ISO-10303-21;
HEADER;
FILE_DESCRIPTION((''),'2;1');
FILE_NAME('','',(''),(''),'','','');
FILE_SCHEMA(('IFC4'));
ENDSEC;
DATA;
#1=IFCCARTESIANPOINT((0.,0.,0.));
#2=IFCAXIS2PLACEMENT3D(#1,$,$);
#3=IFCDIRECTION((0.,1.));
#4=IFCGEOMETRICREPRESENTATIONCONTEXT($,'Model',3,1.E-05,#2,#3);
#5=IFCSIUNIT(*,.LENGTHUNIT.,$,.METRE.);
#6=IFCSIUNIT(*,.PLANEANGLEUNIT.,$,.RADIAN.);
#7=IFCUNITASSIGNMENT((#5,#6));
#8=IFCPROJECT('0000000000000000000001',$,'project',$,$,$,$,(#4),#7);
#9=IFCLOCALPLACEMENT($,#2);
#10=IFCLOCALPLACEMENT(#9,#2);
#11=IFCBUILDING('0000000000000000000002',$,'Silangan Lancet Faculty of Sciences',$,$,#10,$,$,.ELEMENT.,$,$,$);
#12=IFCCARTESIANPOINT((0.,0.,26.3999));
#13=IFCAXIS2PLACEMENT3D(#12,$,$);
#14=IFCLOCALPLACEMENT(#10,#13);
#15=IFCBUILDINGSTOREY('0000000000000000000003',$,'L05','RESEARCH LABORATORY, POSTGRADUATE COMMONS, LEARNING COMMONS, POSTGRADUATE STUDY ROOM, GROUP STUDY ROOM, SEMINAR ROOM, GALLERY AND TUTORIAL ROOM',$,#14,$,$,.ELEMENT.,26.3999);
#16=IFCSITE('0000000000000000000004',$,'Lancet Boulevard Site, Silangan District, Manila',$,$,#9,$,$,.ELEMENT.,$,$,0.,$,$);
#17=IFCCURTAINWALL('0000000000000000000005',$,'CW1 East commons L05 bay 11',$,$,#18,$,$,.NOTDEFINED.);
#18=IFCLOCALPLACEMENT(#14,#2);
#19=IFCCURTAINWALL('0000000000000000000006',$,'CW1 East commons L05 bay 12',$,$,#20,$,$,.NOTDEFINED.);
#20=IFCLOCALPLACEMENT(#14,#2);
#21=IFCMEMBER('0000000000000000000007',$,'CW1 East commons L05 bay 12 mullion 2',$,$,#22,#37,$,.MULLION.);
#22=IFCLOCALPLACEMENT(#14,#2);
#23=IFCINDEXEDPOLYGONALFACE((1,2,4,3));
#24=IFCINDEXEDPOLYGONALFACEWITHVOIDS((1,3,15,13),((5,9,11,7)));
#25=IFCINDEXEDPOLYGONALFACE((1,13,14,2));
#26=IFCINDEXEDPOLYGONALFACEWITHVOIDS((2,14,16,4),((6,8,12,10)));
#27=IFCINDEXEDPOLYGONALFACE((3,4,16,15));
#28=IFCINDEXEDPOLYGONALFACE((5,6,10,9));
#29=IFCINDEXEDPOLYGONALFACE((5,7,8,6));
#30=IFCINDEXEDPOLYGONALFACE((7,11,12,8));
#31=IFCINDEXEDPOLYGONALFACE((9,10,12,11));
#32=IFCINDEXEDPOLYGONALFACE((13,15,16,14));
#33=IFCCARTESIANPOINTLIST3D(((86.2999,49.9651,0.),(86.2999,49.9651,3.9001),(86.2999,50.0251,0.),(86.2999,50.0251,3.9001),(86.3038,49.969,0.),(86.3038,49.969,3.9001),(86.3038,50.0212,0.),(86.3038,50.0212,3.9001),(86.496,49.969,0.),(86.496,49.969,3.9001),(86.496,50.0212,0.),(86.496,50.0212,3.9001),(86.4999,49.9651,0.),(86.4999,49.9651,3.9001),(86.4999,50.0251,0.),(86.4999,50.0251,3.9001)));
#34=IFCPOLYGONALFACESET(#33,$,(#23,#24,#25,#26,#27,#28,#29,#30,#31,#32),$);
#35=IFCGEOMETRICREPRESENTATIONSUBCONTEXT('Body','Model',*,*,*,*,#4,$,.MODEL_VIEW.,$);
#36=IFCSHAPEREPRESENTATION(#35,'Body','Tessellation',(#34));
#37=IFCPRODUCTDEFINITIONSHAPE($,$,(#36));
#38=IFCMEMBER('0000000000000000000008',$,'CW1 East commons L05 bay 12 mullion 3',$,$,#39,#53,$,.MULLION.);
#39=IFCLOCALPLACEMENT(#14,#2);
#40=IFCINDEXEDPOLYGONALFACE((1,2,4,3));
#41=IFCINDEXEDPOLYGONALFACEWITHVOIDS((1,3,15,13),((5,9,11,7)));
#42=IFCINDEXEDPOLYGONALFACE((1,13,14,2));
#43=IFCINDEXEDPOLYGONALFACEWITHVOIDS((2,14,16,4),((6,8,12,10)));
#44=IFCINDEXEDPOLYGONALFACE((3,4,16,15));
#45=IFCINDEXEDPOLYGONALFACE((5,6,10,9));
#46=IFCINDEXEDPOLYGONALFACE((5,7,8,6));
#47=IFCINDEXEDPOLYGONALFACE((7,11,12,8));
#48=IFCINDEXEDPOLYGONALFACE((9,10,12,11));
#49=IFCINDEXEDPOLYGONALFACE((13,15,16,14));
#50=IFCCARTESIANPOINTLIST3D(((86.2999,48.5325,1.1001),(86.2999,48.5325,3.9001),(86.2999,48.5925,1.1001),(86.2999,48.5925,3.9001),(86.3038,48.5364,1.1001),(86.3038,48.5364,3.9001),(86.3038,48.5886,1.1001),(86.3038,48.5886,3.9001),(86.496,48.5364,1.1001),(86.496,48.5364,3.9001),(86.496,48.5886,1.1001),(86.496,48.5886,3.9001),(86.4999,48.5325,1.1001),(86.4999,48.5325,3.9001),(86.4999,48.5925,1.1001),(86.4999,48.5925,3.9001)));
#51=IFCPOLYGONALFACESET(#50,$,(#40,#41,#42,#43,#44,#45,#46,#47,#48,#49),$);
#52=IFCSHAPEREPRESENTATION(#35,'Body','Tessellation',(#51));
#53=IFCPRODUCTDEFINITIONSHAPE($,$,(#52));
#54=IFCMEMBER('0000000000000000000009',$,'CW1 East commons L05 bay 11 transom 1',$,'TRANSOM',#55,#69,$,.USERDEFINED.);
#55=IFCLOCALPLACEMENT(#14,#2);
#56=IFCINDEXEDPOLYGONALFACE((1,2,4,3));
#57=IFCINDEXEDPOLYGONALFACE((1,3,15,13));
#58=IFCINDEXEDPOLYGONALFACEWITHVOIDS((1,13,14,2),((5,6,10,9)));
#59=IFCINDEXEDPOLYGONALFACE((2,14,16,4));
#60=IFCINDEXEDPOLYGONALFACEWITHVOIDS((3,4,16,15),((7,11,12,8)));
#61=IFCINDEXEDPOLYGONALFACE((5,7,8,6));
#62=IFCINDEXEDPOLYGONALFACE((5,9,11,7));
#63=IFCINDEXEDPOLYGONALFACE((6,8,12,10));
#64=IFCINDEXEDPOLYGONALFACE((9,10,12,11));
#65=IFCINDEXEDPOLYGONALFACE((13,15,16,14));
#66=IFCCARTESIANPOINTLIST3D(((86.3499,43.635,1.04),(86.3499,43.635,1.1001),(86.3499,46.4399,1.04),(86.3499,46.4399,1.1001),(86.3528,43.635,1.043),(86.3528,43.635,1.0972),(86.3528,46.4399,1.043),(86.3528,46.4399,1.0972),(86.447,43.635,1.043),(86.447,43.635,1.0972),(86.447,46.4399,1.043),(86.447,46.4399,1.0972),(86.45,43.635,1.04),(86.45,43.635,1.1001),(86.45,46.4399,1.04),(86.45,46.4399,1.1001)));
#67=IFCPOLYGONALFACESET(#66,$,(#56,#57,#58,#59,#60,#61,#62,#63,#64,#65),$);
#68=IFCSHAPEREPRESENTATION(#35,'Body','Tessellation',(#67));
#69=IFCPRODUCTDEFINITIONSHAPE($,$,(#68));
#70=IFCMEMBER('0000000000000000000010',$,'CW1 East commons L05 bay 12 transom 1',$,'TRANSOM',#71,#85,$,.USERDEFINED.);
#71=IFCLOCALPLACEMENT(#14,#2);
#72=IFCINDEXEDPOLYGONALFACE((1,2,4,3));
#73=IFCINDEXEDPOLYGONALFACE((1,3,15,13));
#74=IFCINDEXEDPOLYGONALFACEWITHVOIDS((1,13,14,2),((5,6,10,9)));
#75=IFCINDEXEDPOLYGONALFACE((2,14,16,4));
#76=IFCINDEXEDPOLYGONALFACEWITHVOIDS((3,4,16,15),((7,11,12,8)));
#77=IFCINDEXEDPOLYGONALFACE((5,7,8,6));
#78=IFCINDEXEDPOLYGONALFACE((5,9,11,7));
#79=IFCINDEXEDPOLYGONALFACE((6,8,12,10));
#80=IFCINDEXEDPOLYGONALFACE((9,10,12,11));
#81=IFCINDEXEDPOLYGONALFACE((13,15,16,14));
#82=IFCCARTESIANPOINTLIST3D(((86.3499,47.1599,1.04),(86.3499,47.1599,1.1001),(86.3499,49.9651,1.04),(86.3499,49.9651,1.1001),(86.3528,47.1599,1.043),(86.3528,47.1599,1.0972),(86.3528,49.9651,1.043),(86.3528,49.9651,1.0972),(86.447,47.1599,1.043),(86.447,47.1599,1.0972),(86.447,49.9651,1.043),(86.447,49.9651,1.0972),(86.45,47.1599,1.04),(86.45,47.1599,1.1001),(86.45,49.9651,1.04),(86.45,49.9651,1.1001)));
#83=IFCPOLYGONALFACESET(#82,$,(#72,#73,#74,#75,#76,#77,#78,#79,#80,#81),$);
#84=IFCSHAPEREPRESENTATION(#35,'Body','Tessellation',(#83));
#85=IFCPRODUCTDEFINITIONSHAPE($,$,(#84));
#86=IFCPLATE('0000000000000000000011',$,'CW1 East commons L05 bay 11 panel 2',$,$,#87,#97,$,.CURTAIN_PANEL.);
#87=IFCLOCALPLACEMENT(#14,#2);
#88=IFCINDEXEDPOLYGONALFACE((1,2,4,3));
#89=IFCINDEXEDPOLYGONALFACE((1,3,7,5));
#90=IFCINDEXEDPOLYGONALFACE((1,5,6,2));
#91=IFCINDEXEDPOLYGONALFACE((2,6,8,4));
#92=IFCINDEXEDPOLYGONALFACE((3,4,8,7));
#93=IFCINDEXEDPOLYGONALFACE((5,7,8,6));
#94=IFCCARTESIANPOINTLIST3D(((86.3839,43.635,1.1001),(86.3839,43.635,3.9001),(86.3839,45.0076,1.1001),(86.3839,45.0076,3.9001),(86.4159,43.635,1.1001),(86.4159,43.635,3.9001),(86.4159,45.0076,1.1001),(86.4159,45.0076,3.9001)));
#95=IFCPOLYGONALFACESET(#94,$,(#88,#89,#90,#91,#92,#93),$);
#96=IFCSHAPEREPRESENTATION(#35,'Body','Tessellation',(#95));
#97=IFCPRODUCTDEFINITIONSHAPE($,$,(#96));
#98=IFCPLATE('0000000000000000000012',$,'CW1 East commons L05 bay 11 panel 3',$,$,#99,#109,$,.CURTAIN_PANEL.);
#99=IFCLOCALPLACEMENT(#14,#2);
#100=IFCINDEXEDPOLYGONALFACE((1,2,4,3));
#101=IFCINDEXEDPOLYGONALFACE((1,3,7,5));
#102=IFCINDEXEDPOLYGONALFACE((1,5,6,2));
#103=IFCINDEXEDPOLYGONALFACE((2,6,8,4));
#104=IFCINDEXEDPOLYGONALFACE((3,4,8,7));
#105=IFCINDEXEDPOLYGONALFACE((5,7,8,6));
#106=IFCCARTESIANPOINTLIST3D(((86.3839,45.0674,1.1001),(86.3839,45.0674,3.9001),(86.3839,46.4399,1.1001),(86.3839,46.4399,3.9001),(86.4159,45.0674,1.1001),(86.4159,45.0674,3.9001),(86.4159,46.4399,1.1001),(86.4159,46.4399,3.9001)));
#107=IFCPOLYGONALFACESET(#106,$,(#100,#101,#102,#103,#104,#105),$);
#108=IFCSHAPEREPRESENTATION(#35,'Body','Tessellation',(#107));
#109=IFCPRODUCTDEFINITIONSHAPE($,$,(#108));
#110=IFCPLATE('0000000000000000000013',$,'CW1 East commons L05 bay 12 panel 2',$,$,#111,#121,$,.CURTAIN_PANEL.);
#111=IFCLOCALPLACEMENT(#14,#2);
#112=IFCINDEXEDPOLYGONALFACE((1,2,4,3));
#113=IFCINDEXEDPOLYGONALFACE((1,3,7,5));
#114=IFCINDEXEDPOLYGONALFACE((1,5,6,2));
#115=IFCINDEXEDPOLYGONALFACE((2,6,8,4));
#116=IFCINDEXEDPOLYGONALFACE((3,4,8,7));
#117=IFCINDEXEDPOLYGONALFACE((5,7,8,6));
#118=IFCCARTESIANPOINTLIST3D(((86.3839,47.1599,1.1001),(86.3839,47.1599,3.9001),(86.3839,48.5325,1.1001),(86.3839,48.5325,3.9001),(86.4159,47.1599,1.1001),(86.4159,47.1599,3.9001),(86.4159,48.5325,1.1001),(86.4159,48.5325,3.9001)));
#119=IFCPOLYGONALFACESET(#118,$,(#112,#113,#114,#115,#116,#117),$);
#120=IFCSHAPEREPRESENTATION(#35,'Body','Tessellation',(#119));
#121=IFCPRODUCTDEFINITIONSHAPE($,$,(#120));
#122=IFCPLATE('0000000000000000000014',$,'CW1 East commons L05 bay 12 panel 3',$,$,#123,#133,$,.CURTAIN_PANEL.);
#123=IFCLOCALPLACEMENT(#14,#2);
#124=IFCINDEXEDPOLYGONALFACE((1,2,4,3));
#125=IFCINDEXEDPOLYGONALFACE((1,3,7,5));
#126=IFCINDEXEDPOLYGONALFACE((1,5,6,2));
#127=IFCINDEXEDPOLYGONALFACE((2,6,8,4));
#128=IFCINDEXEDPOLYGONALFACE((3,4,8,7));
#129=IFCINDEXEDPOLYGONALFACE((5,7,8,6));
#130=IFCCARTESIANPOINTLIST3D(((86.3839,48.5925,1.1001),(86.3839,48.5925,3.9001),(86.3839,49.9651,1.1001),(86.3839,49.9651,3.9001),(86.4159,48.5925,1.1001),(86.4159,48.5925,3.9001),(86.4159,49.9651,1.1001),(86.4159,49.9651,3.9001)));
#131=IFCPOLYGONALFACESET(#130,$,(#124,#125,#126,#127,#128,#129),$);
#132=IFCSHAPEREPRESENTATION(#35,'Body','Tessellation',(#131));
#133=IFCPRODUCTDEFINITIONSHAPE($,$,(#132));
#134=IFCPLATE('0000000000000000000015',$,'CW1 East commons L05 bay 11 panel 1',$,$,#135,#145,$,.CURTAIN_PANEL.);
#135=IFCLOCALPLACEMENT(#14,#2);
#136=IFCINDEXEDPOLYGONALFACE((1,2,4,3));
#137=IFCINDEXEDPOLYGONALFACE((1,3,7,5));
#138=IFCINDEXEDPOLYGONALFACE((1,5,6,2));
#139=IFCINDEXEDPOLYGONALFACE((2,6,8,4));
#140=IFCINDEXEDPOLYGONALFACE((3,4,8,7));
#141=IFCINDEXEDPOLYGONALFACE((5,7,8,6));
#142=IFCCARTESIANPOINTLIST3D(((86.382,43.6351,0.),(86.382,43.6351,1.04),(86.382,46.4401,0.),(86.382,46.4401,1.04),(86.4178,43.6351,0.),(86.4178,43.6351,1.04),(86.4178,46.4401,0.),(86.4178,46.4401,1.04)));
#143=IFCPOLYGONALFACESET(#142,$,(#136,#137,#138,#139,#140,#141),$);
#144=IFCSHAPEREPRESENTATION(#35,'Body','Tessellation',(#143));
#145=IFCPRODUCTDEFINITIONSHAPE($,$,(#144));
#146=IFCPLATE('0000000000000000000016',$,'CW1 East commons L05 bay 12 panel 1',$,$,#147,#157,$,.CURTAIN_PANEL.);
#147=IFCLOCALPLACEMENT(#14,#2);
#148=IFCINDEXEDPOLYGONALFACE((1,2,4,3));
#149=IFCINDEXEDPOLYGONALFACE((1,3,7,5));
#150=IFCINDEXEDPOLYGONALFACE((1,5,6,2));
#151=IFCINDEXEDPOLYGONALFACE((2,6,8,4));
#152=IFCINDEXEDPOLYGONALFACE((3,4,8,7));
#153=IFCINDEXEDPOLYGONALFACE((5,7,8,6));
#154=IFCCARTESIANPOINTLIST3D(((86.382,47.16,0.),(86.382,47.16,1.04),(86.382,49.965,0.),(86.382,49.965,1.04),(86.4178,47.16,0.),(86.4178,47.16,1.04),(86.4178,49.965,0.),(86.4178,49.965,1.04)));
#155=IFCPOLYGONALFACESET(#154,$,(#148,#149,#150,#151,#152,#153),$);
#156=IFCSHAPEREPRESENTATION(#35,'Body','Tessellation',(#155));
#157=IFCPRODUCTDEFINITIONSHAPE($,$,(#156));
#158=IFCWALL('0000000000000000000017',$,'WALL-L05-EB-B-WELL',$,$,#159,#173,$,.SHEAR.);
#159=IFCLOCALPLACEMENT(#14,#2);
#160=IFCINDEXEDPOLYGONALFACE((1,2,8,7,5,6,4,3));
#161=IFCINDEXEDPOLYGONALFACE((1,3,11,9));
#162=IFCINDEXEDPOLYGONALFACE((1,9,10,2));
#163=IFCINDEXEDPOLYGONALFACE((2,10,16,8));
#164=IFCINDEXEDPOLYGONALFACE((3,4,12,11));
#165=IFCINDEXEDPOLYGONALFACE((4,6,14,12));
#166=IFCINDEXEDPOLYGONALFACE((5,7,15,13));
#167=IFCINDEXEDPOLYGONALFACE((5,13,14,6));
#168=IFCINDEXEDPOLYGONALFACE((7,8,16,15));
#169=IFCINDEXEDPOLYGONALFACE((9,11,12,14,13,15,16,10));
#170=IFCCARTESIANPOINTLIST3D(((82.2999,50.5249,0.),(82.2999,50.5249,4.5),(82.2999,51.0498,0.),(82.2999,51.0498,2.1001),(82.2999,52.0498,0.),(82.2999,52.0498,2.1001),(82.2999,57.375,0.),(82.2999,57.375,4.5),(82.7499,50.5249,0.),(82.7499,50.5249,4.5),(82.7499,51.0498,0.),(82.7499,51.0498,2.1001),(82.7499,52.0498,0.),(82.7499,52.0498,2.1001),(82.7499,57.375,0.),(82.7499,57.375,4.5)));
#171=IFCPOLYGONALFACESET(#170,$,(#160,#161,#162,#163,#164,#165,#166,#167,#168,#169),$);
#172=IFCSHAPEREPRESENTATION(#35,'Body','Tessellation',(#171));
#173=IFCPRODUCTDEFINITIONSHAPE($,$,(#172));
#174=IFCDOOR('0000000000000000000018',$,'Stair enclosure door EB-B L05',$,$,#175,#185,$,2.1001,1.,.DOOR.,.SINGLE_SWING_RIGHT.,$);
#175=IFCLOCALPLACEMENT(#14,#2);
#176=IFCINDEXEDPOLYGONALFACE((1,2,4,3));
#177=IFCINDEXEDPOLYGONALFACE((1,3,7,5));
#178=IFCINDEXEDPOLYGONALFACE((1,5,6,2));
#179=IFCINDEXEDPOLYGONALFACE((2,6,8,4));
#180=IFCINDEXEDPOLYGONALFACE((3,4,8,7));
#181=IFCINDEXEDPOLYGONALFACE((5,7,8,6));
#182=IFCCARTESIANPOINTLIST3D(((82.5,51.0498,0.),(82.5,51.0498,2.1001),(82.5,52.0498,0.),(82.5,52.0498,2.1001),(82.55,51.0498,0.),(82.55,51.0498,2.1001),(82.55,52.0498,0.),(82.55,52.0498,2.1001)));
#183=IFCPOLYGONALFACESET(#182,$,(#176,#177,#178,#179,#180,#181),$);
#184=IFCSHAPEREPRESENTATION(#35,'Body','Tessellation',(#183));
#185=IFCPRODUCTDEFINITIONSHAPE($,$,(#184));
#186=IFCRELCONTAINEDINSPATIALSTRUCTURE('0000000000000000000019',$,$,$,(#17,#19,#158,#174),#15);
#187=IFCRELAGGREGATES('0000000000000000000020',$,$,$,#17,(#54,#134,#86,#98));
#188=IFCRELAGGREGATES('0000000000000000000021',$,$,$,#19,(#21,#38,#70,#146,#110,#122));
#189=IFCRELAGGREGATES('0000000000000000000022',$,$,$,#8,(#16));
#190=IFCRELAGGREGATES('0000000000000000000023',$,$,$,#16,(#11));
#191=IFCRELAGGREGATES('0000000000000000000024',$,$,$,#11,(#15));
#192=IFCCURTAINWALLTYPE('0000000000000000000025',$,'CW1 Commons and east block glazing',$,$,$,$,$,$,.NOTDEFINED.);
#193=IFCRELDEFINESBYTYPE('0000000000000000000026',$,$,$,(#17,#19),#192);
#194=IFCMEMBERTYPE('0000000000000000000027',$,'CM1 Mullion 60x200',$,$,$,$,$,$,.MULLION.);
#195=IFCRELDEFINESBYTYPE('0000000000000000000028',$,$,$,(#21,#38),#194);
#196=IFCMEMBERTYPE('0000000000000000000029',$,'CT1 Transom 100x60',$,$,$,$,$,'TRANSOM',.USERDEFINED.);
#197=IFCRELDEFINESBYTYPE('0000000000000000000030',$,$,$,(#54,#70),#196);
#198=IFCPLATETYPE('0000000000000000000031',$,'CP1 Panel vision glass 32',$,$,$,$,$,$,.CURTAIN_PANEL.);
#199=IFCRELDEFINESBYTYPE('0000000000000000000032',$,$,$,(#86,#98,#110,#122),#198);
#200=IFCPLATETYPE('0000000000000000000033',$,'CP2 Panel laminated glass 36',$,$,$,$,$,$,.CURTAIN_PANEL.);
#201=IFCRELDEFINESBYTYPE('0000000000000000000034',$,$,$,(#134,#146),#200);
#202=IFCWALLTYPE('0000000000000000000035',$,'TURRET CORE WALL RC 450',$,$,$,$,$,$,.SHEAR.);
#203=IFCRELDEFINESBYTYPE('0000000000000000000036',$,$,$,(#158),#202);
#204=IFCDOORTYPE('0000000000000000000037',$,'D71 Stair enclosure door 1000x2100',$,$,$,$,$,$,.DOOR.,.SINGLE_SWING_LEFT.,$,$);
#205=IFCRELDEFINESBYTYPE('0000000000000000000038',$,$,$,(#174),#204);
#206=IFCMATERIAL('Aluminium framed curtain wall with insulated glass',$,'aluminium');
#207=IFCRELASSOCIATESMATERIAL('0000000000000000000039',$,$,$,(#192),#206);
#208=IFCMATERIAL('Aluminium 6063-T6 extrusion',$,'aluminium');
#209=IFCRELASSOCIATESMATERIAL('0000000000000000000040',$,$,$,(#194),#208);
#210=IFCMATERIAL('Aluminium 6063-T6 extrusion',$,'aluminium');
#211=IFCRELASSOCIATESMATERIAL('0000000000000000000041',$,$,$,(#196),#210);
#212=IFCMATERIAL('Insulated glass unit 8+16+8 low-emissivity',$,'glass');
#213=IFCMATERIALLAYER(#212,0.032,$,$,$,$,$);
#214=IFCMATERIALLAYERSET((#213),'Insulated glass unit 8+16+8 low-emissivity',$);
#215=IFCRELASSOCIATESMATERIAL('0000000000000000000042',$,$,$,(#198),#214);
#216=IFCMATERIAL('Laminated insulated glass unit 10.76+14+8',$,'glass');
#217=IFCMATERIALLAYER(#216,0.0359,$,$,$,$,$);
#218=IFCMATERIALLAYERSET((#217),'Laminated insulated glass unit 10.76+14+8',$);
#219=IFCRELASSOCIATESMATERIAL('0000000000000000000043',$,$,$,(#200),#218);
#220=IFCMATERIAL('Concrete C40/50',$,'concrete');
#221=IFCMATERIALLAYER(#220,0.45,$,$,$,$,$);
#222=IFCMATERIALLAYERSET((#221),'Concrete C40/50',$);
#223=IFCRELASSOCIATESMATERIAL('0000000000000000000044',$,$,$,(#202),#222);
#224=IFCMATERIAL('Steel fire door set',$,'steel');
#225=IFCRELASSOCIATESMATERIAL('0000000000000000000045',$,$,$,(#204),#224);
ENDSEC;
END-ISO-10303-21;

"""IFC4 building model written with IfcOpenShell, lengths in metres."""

from ifc_helpers import new_model, si_unit, direction, frame, frame_2d, origin, origin_2d, place, context, subcontext, project, spatial, rectangle, hollow_rectangle, extrude, material, layer, layer_set, material_profile, profile_set, type_object, element, fill, aggregate, save


model = new_model("IFC4")

# Units and contexts
model_context = context("Model", 3, precision=1e-05, world=origin(), true_north=direction((0.0, 1.0)))
body_context = subcontext(model_context, "Body", "Model", "MODEL_VIEW")
ifc_project = project(units=[si_unit("LENGTHUNIT", "METRE"), si_unit("PLANEANGLEUNIT", "RADIAN")], contexts=[model_context])

# Site, building, storey
site_placement = place(None, origin())
site = spatial("IfcSite", under=ifc_project, at=site_placement, Name="Lancet Boulevard Site, Silangan District, Manila", CompositionType="ELEMENT", RefElevation=0.0)
building_placement = place(site_placement, origin())
building = spatial("IfcBuilding", under=site, at=building_placement, Name="Silangan Lancet Faculty of Sciences", CompositionType="ELEMENT")
storey_placement = place(building_placement, frame((0.0, 0.0, 26.3999)))
storey = spatial("IfcBuildingStorey", under=building, at=storey_placement, Name="L05", Description="RESEARCH LABORATORY, POSTGRADUATE COMMONS, LEARNING COMMONS, POSTGRADUATE STUDY ROOM, GROUP STUDY ROOM, SEMINAR ROOM, GALLERY AND TUTORIAL ROOM", CompositionType="ELEMENT", Elevation=26.3999)

# Curtain walls, members
ifc_material_1 = material(Name="Aluminium framed curtain wall with insulated glass", Category="aluminium")
curtain_wall_type = type_object("IfcCurtainWallType", Name="CW1 Commons and east block glazing", PredefinedType="NOTDEFINED", material=ifc_material_1)
curtain_wall_1_placement = place(storey_placement, origin())
curtain_wall_1 = element("IfcCurtainWall", 1, at=curtain_wall_1_placement, inside=storey, type_object=curtain_wall_type, Name="CW1 East commons L05 bay 11", PredefinedType="NOTDEFINED")
ifc_material_2 = material(Name="Aluminium 6063-T6 extrusion", Category="aluminium")
ifc_material_profile_1 = material_profile(ifc_material_2, hollow_rectangle(XDim=0.0601, YDim=0.2, WallThickness=0.0039, at=origin_2d()), Name="AL BOX 60x200x4")
ifc_profile_set_1 = profile_set([ifc_material_profile_1], Name="Aluminium 6063-T6 extrusion")
member_type_1 = type_object("IfcMemberType", Name="CM1 Mullion 60x200", PredefinedType="MULLION", material=ifc_profile_set_1)
curtain_wall_2_placement = place(storey_placement, origin())
curtain_wall_2 = element("IfcCurtainWall", 2, at=curtain_wall_2_placement, inside=storey, type_object=curtain_wall_type, Name="CW1 East commons L05 bay 12", PredefinedType="NOTDEFINED")
member_1_placement = place(storey_placement, frame((86.3999, 49.9951, 0.0), z_axis=(0.0, 0.0, 1.0), x_axis=(0.0, 1.0, 0.0)))
member_1 = element("IfcMember", 3, at=member_1_placement, type_object=member_type_1, Name="CW1 East commons L05 bay 12 mullion 2", PredefinedType="MULLION", context=body_context, shape_type="SweptSolid", body=[
    extrude(hollow_rectangle(XDim=0.0601, YDim=0.2, WallThickness=0.0039, at=origin_2d()), origin(), (0.0, 0.0, 1.0), 3.9001),
])
member_2_placement = place(storey_placement, frame((86.3999, 48.5625, 1.1001), z_axis=(0.0, 0.0, 1.0), x_axis=(0.0, 1.0, 0.0)))
member_2 = element("IfcMember", 4, at=member_2_placement, type_object=member_type_1, Name="CW1 East commons L05 bay 12 mullion 3", PredefinedType="MULLION", context=body_context, shape_type="SweptSolid", body=[
    extrude(hollow_rectangle(XDim=0.0601, YDim=0.2, WallThickness=0.0039, at=origin_2d()), origin(), (0.0, 0.0, 1.0), 2.8),
])

# Members
ifc_material_3 = material(Name="Aluminium 6063-T6 extrusion", Category="aluminium")
ifc_material_profile_2 = material_profile(ifc_material_3, hollow_rectangle(XDim=0.1001, YDim=0.0601, WallThickness=0.0029, at=origin_2d()), Name="AL BOX 100x60x3")
ifc_profile_set_2 = profile_set([ifc_material_profile_2], Name="Aluminium 6063-T6 extrusion")
member_type_2 = type_object("IfcMemberType", Name="CT1 Transom 100x60", ElementType="TRANSOM", PredefinedType="USERDEFINED", material=ifc_profile_set_2)
member_3_placement = place(storey_placement, frame((86.3999, 43.635, 1.0701), z_axis=(0.0, 1.0, 0.0), x_axis=(-1.0, 0.0, 0.0)))
member_3 = element("IfcMember", 5, at=member_3_placement, type_object=member_type_2, Name="CW1 East commons L05 bay 11 transom 1", ObjectType="TRANSOM", PredefinedType="USERDEFINED", context=body_context, shape_type="SweptSolid", body=[
    extrude(hollow_rectangle(XDim=0.1001, YDim=0.0601, WallThickness=0.0029, at=origin_2d()), origin(), (0.0, 0.0, 1.0), 2.8049),
])
member_4_placement = place(storey_placement, frame((86.3999, 47.1599, 1.0701), z_axis=(0.0, 1.0, 0.0), x_axis=(-1.0, 0.0, 0.0)))
member_4 = element("IfcMember", 6, at=member_4_placement, type_object=member_type_2, Name="CW1 East commons L05 bay 12 transom 1", ObjectType="TRANSOM", PredefinedType="USERDEFINED", context=body_context, shape_type="SweptSolid", body=[
    extrude(hollow_rectangle(XDim=0.1001, YDim=0.0601, WallThickness=0.0029, at=origin_2d()), origin(), (0.0, 0.0, 1.0), 2.8052),
])

# Plates
ifc_material_4 = material(Name="Insulated glass unit 8+16+8 low-emissivity", Category="glass")
ifc_layer_1 = layer(ifc_material_4, 0.032)
ifc_layer_set_1 = layer_set([ifc_layer_1], Name="Insulated glass unit 8+16+8 low-emissivity")
plate_type_1 = type_object("IfcPlateType", Name="CP1 Panel vision glass 32", PredefinedType="CURTAIN_PANEL", material=ifc_layer_set_1)
plate_1_placement = place(storey_placement, frame((86.3999, 44.3213, 1.1001), z_axis=(0.0, 0.0, 1.0), x_axis=(0.0, 1.0, 0.0)))
plate_1 = element("IfcPlate", 7, at=plate_1_placement, type_object=plate_type_1, Name="CW1 East commons L05 bay 11 panel 2", PredefinedType="CURTAIN_PANEL", context=body_context, shape_type="SweptSolid", body=[
    extrude(rectangle(XDim=1.3726, YDim=0.032, at=origin_2d()), origin(), (0.0, 0.0, 1.0), 2.8),
])
plate_2_placement = place(storey_placement, frame((86.3999, 45.7537, 1.1001), z_axis=(0.0, 0.0, 1.0), x_axis=(0.0, 1.0, 0.0)))
plate_2 = element("IfcPlate", 8, at=plate_2_placement, type_object=plate_type_1, Name="CW1 East commons L05 bay 11 panel 3", PredefinedType="CURTAIN_PANEL", context=body_context, shape_type="SweptSolid", body=[
    extrude(rectangle(XDim=1.3726, YDim=0.032, at=origin_2d()), origin(), (0.0, 0.0, 1.0), 2.8),
])
plate_3_placement = place(storey_placement, frame((86.3999, 47.8462, 1.1001), z_axis=(0.0, 0.0, 1.0), x_axis=(0.0, 1.0, 0.0)))
plate_3 = element("IfcPlate", 9, at=plate_3_placement, type_object=plate_type_1, Name="CW1 East commons L05 bay 12 panel 2", PredefinedType="CURTAIN_PANEL", context=body_context, shape_type="SweptSolid", body=[
    extrude(rectangle(XDim=1.3726, YDim=0.032, at=origin_2d()), origin(), (0.0, 0.0, 1.0), 2.8),
])
plate_4_placement = place(storey_placement, frame((86.3999, 49.2788, 1.1001), z_axis=(0.0, 0.0, 1.0), x_axis=(0.0, 1.0, 0.0)))
plate_4 = element("IfcPlate", 10, at=plate_4_placement, type_object=plate_type_1, Name="CW1 East commons L05 bay 12 panel 3", PredefinedType="CURTAIN_PANEL", context=body_context, shape_type="SweptSolid", body=[
    extrude(rectangle(XDim=1.3726, YDim=0.032, at=origin_2d()), origin(), (0.0, 0.0, 1.0), 2.8),
])
ifc_material_5 = material(Name="Laminated insulated glass unit 10.76+14+8", Category="glass")
ifc_layer_2 = layer(ifc_material_5, 0.0359)
ifc_layer_set_2 = layer_set([ifc_layer_2], Name="Laminated insulated glass unit 10.76+14+8")
plate_type_2 = type_object("IfcPlateType", Name="CP2 Panel laminated glass 36", PredefinedType="CURTAIN_PANEL", material=ifc_layer_set_2)
plate_5_placement = place(storey_placement, frame((86.3999, 45.0376, 0.0), z_axis=(0.0, 0.0, 1.0), x_axis=(0.0, 1.0, 0.0)))
plate_5 = element("IfcPlate", 11, at=plate_5_placement, type_object=plate_type_2, Name="CW1 East commons L05 bay 11 panel 1", PredefinedType="CURTAIN_PANEL", context=body_context, shape_type="SweptSolid", body=[
    extrude(rectangle(XDim=2.8049, YDim=0.0359, at=origin_2d()), origin(), (0.0, 0.0, 1.0), 1.04),
])
aggregate(curtain_wall_1, [member_3, plate_5, plate_1, plate_2])
plate_6_placement = place(storey_placement, frame((86.3999, 48.5625, 0.0), z_axis=(0.0, 0.0, 1.0), x_axis=(0.0, 1.0, 0.0)))
plate_6 = element("IfcPlate", 12, at=plate_6_placement, type_object=plate_type_2, Name="CW1 East commons L05 bay 12 panel 1", PredefinedType="CURTAIN_PANEL", context=body_context, shape_type="SweptSolid", body=[
    extrude(rectangle(XDim=2.8049, YDim=0.0359, at=origin_2d()), origin(), (0.0, 0.0, 1.0), 1.04),
])
aggregate(curtain_wall_2, [member_1, member_2, member_4, plate_6, plate_3, plate_4])

# Wall, opening, door
ifc_material_6 = material(Name="Concrete C40/50", Category="concrete")
ifc_layer_3 = layer(ifc_material_6, 0.45)
ifc_layer_set_3 = layer_set([ifc_layer_3], Name="Concrete C40/50")
wall_type_1 = type_object("IfcWallType", Name="TURRET CORE WALL RC 450", PredefinedType="SHEAR", material=ifc_layer_set_3)
wall_1_placement = place(storey_placement, frame((82.5249, 50.5249, 0.0), z_axis=(0.0, 0.0, 1.0), x_axis=(0.0, 1.0, 0.0)))
wall_1 = element("IfcWall", 13, at=wall_1_placement, inside=storey, type_object=wall_type_1, Name="WALL-L05-EB-B-WELL", PredefinedType="SHEAR", context=body_context, shape_type="SweptSolid", body=[
    extrude(rectangle(XDim=6.8501, YDim=0.45, at=frame_2d((3.425, 0.0))), origin(), (0.0, 0.0, 1.0), 4.5),
])
opening_1_placement = place(wall_1_placement, frame((0.5249, 0.0, 0.0)))
opening_1 = element("IfcOpeningElement", 14, at=opening_1_placement, cuts=wall_1, PredefinedType="OPENING", context=body_context, shape_type="SweptSolid", body=[
    extrude(rectangle(XDim=1.0, YDim=2.1001, at=frame_2d((0.5, 1.05))), frame((0.0, 0.2349, 0.0), z_axis=(0.0, -1.0, 0.0), x_axis=(1.0, 0.0, 0.0)), (0.0, 0.0, 1.0), 0.47),
])
ifc_material_7 = material(Name="Steel fire door set", Category="steel")
door_type_1 = type_object("IfcDoorType", Name="D71 Stair enclosure door 1000x2100", OperationType="SINGLE_SWING_LEFT", PredefinedType="DOOR", material=ifc_material_7)
door_1_placement = place(opening_1_placement, frame((1.0, 0.0, 0.0), z_axis=(0.0, 0.0, 1.0), x_axis=(-1.0, 0.0, 0.0)))
door_1 = element("IfcDoor", 15, at=door_1_placement, inside=storey, type_object=door_type_1, Name="Stair enclosure door EB-B L05", OperationType="SINGLE_SWING_RIGHT", OverallHeight=2.1001, OverallWidth=1.0, PredefinedType="DOOR", context=body_context, shape_type="SweptSolid", body=[
    extrude(rectangle(XDim=1.0, YDim=2.1001, at=frame_2d((0.5, 1.05))), frame((0.0, 0.0251, 0.0), z_axis=(0.0, -1.0, 0.0), x_axis=(1.0, 0.0, 0.0)), (0.0, 0.0, 1.0), 0.05),
])
fill(opening_1, door_1)

save(model, "model.ifc")
